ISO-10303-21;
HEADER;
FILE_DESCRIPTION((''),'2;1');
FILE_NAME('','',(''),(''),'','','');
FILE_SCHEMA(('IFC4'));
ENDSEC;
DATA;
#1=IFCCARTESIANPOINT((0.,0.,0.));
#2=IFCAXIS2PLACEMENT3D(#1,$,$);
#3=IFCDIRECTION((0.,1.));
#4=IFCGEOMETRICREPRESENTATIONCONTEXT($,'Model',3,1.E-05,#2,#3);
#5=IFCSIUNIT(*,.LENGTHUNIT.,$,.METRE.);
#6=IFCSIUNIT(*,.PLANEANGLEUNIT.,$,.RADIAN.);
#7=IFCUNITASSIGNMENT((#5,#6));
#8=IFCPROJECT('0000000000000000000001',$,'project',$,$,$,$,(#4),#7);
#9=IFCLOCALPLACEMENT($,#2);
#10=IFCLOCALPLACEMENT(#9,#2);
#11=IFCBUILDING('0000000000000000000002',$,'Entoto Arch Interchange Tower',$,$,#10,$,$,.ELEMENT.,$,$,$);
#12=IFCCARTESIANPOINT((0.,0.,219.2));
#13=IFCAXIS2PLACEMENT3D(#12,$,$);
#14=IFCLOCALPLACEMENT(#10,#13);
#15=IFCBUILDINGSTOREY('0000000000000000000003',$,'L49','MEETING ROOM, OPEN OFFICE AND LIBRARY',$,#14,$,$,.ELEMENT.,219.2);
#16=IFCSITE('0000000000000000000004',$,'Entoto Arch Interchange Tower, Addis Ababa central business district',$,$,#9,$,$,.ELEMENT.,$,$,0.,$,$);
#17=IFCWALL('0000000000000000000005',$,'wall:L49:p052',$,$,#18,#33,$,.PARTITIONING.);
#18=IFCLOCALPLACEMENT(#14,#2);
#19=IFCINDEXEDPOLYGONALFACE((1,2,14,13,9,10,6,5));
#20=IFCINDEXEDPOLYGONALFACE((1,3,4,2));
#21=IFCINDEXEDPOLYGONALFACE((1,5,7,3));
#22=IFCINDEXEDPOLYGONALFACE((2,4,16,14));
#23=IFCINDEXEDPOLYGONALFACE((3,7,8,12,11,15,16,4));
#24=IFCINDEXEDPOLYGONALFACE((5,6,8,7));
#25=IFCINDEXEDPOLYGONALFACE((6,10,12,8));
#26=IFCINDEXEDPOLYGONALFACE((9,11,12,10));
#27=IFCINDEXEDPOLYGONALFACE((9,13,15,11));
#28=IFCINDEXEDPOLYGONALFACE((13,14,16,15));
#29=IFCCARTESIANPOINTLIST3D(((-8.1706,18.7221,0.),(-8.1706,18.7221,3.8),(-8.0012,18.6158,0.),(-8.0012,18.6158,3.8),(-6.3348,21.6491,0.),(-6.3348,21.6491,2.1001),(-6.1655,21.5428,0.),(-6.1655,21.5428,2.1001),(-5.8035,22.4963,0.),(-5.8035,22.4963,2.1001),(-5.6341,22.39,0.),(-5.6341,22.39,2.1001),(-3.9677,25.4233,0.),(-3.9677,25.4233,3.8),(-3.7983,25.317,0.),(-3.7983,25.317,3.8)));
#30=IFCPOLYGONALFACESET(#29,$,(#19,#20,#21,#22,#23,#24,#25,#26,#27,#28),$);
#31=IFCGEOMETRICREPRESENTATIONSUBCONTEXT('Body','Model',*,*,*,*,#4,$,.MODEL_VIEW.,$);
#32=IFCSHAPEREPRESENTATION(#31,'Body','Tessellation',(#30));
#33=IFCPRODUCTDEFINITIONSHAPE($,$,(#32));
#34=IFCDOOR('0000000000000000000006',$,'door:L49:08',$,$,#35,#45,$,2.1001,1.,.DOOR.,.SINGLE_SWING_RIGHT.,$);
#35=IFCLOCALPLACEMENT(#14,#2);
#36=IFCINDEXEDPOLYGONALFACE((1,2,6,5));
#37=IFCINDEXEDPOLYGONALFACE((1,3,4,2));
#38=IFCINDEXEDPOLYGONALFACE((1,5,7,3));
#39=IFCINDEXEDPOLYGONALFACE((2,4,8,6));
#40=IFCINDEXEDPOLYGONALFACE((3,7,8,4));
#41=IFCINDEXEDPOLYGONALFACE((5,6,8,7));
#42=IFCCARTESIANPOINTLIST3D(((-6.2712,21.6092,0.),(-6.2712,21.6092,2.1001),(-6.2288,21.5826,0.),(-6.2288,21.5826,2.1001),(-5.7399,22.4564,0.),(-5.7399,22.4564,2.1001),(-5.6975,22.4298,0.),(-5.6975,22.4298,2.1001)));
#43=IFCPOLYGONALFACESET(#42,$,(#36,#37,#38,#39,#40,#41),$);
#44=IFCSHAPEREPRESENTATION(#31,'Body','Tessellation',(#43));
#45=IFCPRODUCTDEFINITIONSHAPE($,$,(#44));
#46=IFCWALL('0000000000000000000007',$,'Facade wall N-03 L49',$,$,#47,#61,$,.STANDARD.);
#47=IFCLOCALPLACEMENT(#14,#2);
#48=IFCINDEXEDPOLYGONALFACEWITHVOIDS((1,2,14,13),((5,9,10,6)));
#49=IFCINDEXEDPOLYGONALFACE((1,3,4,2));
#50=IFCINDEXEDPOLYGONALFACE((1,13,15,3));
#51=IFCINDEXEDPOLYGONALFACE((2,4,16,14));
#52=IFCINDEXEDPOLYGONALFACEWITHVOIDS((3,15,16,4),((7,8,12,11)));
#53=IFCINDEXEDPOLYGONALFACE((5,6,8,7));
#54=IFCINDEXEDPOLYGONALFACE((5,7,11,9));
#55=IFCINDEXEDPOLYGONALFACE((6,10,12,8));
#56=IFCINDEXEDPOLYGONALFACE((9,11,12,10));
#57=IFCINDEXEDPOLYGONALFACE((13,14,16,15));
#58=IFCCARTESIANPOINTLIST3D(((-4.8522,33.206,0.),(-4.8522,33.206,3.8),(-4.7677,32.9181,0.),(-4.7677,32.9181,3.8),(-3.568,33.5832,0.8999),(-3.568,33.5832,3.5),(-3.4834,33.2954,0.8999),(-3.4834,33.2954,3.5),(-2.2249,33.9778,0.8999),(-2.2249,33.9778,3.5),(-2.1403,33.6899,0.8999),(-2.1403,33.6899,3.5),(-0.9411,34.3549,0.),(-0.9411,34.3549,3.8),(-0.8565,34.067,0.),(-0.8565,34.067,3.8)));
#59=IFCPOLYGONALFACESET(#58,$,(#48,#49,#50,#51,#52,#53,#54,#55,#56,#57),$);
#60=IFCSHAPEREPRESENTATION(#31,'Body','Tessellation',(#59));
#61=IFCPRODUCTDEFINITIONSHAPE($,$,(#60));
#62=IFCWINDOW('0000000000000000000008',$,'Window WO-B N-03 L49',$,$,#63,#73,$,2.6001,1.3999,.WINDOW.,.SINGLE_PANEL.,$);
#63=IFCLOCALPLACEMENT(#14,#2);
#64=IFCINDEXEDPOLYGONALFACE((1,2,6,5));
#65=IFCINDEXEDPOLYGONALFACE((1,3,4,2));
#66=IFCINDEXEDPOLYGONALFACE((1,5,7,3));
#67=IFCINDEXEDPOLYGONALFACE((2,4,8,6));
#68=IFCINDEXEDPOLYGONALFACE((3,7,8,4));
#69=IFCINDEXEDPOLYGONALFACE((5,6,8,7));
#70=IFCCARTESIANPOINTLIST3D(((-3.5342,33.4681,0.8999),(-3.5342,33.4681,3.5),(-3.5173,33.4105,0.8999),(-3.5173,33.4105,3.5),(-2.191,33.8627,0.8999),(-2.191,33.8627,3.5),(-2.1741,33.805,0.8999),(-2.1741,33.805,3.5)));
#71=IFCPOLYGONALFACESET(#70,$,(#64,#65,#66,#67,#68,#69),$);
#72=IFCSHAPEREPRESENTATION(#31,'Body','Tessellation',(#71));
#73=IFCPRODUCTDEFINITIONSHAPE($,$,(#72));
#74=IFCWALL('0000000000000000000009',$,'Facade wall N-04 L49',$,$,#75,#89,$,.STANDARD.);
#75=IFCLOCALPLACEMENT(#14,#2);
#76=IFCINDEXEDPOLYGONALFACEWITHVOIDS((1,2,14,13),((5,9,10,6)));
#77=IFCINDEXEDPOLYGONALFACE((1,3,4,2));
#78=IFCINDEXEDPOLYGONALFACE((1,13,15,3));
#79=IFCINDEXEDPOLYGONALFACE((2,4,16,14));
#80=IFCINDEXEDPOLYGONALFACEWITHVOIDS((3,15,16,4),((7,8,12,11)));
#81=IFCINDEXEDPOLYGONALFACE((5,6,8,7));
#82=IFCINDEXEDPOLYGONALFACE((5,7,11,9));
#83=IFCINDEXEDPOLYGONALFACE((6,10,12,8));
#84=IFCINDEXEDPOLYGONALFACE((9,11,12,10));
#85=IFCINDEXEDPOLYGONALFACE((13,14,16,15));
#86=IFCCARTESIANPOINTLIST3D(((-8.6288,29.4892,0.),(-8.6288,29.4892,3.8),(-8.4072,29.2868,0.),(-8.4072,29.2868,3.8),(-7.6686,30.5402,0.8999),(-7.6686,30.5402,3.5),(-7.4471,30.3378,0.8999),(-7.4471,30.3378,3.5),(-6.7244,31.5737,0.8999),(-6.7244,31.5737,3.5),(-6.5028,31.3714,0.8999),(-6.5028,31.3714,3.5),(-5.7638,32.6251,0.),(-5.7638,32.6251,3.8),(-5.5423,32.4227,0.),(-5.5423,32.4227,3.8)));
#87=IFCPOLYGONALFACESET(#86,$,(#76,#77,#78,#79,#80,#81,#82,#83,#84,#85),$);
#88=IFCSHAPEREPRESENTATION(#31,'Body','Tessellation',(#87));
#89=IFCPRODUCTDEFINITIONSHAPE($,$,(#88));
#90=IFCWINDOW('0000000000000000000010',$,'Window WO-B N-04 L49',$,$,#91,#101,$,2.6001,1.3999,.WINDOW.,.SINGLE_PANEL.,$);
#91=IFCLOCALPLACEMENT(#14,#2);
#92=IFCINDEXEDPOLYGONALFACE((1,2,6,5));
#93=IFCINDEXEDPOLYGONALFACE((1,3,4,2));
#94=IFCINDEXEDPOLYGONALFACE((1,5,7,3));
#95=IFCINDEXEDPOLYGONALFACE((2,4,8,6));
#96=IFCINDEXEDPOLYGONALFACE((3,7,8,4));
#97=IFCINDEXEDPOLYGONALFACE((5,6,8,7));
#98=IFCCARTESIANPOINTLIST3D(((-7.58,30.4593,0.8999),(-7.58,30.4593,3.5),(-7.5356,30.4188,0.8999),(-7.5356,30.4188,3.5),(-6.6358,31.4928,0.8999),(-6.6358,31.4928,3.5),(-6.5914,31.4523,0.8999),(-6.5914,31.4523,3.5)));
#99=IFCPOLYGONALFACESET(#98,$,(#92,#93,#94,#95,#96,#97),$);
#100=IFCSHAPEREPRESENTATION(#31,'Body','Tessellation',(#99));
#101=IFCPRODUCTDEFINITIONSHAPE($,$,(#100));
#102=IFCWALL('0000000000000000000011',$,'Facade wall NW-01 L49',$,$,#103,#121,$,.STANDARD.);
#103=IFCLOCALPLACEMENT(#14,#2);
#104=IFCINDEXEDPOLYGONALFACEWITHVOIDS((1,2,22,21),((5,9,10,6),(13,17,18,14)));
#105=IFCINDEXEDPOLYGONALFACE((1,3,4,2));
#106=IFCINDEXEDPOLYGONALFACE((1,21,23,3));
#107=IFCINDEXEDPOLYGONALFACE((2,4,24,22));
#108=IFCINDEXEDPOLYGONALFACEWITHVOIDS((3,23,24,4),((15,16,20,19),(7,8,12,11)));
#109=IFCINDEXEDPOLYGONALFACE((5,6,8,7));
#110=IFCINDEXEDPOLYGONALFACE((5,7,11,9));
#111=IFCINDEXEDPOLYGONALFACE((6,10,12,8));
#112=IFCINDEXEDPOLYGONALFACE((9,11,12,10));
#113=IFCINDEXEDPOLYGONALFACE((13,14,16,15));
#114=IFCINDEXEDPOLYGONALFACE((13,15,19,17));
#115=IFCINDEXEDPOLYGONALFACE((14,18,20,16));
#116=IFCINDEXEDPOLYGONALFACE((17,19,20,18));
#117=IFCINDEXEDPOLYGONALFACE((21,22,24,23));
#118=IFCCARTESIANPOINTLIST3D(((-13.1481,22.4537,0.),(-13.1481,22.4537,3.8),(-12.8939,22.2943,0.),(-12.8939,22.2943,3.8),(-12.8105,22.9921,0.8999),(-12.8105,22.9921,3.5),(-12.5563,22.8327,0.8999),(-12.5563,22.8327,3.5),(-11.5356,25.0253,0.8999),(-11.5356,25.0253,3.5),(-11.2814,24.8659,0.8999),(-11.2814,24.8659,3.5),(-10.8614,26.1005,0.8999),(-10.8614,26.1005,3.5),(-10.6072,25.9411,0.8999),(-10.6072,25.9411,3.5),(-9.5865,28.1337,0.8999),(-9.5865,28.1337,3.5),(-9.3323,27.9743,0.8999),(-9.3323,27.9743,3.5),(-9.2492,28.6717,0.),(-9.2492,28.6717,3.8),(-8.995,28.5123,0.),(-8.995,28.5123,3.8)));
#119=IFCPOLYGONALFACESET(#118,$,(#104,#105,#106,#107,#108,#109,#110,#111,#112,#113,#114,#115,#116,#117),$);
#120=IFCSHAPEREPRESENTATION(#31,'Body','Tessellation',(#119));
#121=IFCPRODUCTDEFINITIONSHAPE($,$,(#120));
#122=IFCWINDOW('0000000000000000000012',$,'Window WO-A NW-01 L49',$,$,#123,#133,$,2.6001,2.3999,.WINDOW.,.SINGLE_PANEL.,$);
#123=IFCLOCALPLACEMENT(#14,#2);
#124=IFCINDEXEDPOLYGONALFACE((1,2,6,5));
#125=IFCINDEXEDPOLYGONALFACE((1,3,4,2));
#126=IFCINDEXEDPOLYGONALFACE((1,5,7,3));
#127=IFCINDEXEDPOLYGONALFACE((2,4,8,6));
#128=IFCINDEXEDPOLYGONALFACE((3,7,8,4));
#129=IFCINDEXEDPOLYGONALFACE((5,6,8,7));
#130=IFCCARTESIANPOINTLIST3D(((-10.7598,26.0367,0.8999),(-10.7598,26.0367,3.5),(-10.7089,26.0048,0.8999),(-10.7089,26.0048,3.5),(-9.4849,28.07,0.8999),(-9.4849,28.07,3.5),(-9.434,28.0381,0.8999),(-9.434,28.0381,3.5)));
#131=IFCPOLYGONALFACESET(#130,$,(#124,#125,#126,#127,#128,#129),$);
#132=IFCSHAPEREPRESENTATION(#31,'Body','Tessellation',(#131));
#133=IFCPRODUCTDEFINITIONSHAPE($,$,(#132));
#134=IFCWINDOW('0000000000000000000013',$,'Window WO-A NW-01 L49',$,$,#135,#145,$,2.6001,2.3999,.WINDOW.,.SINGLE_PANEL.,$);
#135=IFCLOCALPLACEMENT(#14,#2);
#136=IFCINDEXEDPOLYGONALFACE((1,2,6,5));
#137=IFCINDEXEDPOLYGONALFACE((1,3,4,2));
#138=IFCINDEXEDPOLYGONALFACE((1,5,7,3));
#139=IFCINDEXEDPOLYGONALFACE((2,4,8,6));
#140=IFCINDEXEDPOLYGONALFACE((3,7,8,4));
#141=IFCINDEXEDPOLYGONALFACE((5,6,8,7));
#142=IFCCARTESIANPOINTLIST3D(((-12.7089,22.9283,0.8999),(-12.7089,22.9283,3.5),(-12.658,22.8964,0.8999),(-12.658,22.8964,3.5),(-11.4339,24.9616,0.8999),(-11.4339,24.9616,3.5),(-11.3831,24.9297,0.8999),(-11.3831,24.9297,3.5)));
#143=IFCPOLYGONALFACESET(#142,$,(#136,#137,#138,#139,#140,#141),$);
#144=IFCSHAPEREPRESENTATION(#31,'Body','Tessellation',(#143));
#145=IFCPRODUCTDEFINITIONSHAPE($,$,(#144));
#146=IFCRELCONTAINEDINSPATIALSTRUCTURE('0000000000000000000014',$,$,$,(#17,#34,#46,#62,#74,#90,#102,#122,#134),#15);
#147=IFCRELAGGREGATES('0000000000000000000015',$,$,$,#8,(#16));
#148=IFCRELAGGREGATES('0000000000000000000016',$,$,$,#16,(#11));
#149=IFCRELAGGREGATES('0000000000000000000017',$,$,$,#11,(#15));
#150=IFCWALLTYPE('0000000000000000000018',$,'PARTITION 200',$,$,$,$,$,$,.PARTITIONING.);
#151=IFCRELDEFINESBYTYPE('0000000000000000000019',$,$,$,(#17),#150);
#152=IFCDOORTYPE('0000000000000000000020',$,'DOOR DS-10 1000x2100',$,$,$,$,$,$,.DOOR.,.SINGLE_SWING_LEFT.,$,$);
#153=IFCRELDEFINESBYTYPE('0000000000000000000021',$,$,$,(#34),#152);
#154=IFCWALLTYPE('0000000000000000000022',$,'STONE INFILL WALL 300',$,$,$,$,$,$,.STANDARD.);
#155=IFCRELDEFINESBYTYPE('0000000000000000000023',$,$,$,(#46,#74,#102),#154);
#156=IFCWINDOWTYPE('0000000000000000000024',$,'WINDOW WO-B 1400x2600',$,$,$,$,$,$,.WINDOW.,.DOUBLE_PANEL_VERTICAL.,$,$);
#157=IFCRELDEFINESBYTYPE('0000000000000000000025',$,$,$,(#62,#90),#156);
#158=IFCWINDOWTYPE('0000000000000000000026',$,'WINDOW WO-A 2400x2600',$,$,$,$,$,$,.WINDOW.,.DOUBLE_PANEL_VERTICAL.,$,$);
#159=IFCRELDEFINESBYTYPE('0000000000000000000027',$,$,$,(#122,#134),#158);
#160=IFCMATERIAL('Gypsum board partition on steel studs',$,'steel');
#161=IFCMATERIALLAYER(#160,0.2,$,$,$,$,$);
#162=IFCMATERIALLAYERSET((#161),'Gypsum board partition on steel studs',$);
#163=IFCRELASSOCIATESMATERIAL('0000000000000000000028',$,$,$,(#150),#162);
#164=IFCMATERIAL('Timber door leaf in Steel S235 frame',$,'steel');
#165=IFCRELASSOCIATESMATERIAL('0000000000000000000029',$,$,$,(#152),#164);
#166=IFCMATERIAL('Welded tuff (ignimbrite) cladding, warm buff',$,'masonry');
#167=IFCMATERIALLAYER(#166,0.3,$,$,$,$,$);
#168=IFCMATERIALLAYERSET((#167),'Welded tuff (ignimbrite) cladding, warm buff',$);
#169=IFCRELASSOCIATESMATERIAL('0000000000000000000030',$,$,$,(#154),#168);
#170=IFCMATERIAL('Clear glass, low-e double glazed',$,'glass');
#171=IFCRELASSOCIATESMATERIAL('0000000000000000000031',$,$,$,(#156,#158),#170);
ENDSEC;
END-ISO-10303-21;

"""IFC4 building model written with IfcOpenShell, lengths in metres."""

from ifc_helpers import new_model, si_unit, direction, frame, frame_2d, origin, place, context, subcontext, project, spatial, rectangle, extrude, material, layer, layer_set, type_object, element, fill, save


model = new_model("IFC4")

# Units and contexts
model_context = context("Model", 3, precision=1e-05, world=origin(), true_north=direction((0.0, 1.0)))
body_context = subcontext(model_context, "Body", "Model", "MODEL_VIEW")
ifc_project = project(units=[si_unit("LENGTHUNIT", "METRE"), si_unit("PLANEANGLEUNIT", "RADIAN")], contexts=[model_context])

# Site, building, storey
site_placement = place(None, origin())
site = spatial("IfcSite", under=ifc_project, at=site_placement, Name="Entoto Arch Interchange Tower, Addis Ababa central business district", CompositionType="ELEMENT", RefElevation=0.0)
building_placement = place(site_placement, origin())
building = spatial("IfcBuilding", under=site, at=building_placement, Name="Entoto Arch Interchange Tower", CompositionType="ELEMENT")
storey_placement = place(building_placement, frame((0.0, 0.0, 219.2)))
storey = spatial("IfcBuildingStorey", under=building, at=storey_placement, Name="L49", Description="MEETING ROOM, OPEN OFFICE AND LIBRARY", CompositionType="ELEMENT", Elevation=219.2)

# Shared definitions
ifc_material_1 = material(Name="Gypsum board partition on steel studs", Category="steel")
ifc_layer_1 = layer(ifc_material_1, 0.2)
ifc_layer_set_1 = layer_set([ifc_layer_1], Name="Gypsum board partition on steel studs")
wall_type_1 = type_object("IfcWallType", Name="PARTITION 200", PredefinedType="PARTITIONING", material=ifc_layer_set_1)

# Shared definitions
ifc_material_2 = material(Name="Timber door leaf in Steel S235 frame", Category="steel")
door_type = type_object("IfcDoorType", Name="DOOR DS-10 1000x2100", OperationType="SINGLE_SWING_LEFT", PredefinedType="DOOR", material=ifc_material_2)

# Wall, opening, door
wall_1_placement = place(storey_placement, frame((-8.0859, 18.6689, 0.0), z_axis=(0.0, 0.0, 1.0), x_axis=(0.53133, 0.847165, 0.0)))
wall_1 = element("IfcWall", 1, at=wall_1_placement, inside=storey, type_object=wall_type_1, Name="wall:L49:p052", PredefinedType="PARTITIONING", context=body_context, shape_type="SweptSolid", body=[
    extrude(rectangle(XDim=7.9102, YDim=0.2, at=frame_2d((3.9551, 0.0))), origin(), (0.0, 0.0, 1.0), 3.8),
])
opening_1_placement = place(wall_1_placement, frame((3.4551, 0.0, 0.0)))
opening_1 = element("IfcOpeningElement", 2, at=opening_1_placement, cuts=wall_1, PredefinedType="OPENING", context=body_context, shape_type="SweptSolid", body=[
    extrude(rectangle(XDim=1.0, YDim=2.1001, at=frame_2d((0.5, 1.05))), frame((0.0, 0.1099, 0.0), z_axis=(0.0, -1.0, 0.0), x_axis=(1.0, 0.0, 0.0)), (0.0, 0.0, 1.0), 0.22),
])
door_1_placement = place(opening_1_placement, origin())
door_1 = element("IfcDoor", 3, at=door_1_placement, inside=storey, type_object=door_type, Name="door:L49:08", OperationType="SINGLE_SWING_RIGHT", OverallHeight=2.1001, OverallWidth=1.0, PredefinedType="DOOR", context=body_context, shape_type="SweptSolid", body=[
    extrude(rectangle(XDim=1.0, YDim=2.1001, at=frame_2d((0.5, 1.05))), frame((0.0, 0.0249, 0.0), z_axis=(0.0, -1.0, 0.0), x_axis=(1.0, 0.0, 0.0)), (0.0, 0.0, 1.0), 0.05),
])
fill(opening_1, door_1)

# Walls, openings, windows
ifc_material_3 = material(Name="Welded tuff (ignimbrite) cladding, warm buff", Category="masonry")
ifc_layer_2 = layer(ifc_material_3, 0.3)
ifc_layer_set_2 = layer_set([ifc_layer_2], Name="Welded tuff (ignimbrite) cladding, warm buff")
wall_type_2 = type_object("IfcWallType", Name="STONE INFILL WALL 300", PredefinedType="STANDARD", material=ifc_layer_set_2)
wall_2_placement = place(storey_placement, frame((-0.8989, 34.2109, 0.0), z_axis=(0.0, 0.0, 1.0), x_axis=(-0.959459, -0.281849, 0.0)))
wall_2 = element("IfcWall", 4, at=wall_2_placement, inside=storey, type_object=wall_type_2, Name="Facade wall N-03 L49", PredefinedType="STANDARD", context=body_context, shape_type="SweptSolid", body=[
    extrude(rectangle(XDim=4.0764, YDim=0.3, at=frame_2d((2.0381, 0.0))), origin(), (0.0, 0.0, 1.0), 3.8),
])
opening_2_placement = place(wall_2_placement, frame((1.3379, 0.0, 0.8999)))
opening_2 = element("IfcOpeningElement", 5, at=opening_2_placement, cuts=wall_2, PredefinedType="OPENING", context=body_context, shape_type="SweptSolid", body=[
    extrude(rectangle(XDim=1.3999, YDim=2.6001, at=frame_2d((0.7, 1.3))), frame((0.0, 0.1602, 0.0), z_axis=(0.0, -1.0, 0.0), x_axis=(1.0, 0.0, 0.0)), (0.0, 0.0, 1.0), 0.3201),
])
ifc_material_4 = material(Name="Clear glass, low-e double glazed", Category="glass")
window_type_1 = type_object("IfcWindowType", Name="WINDOW WO-B 1400x2600", PartitioningType="DOUBLE_PANEL_VERTICAL", PredefinedType="WINDOW", material=ifc_material_4)
window_1_placement = place(opening_2_placement, origin())
window_1 = element("IfcWindow", 6, at=window_1_placement, inside=storey, type_object=window_type_1, Name="Window WO-B N-03 L49", OverallHeight=2.6001, OverallWidth=1.3999, PartitioningType="SINGLE_PANEL", PredefinedType="WINDOW", context=body_context, shape_type="SweptSolid", body=[
    extrude(rectangle(XDim=1.3999, YDim=2.6001, at=frame_2d((0.7, 1.3))), frame((0.0, 0.03, 0.0), z_axis=(0.0, -1.0, 0.0), x_axis=(1.0, 0.0, 0.0)), (0.0, 0.0, 1.0), 0.0601),
])
fill(opening_2, window_1)
wall_3_placement = place(storey_placement, frame((-5.6531, 32.5239, 0.0), z_axis=(0.0, 0.0, 1.0), x_axis=(-0.674487, -0.738286, 0.0)))
wall_3 = element("IfcWall", 7, at=wall_3_placement, inside=storey, type_object=wall_type_2, Name="Facade wall N-04 L49", PredefinedType="STANDARD", context=body_context, shape_type="SweptSolid", body=[
    extrude(rectangle(XDim=4.2476, YDim=0.3, at=frame_2d((2.1238, 0.0))), origin(), (0.0, 0.0, 1.0), 3.8),
])
opening_3_placement = place(wall_3_placement, frame((1.4241, 0.0, 0.8999)))
opening_3 = element("IfcOpeningElement", 8, at=opening_3_placement, cuts=wall_3, PredefinedType="OPENING", context=body_context, shape_type="SweptSolid", body=[
    extrude(rectangle(XDim=1.3999, YDim=2.6001, at=frame_2d((0.7, 1.3))), frame((0.0, 0.1602, 0.0), z_axis=(0.0, -1.0, 0.0), x_axis=(1.0, 0.0, 0.0)), (0.0, 0.0, 1.0), 0.3201),
])
window_2_placement = place(opening_3_placement, origin())
window_2 = element("IfcWindow", 9, at=window_2_placement, inside=storey, type_object=window_type_1, Name="Window WO-B N-04 L49", OverallHeight=2.6001, OverallWidth=1.3999, PartitioningType="SINGLE_PANEL", PredefinedType="WINDOW", context=body_context, shape_type="SweptSolid", body=[
    extrude(rectangle(XDim=1.3999, YDim=2.6001, at=frame_2d((0.7, 1.3))), frame((0.0, 0.03, 0.0), z_axis=(0.0, -1.0, 0.0), x_axis=(1.0, 0.0, 0.0)), (0.0, 0.0, 1.0), 0.0601),
])
fill(opening_3, window_2)

# Wall, openings, windows
wall_4_placement = place(storey_placement, frame((-9.1221, 28.592, 0.0), z_axis=(0.0, 0.0, 1.0), x_axis=(-0.531239, -0.847222, 0.0)))
wall_4 = element("IfcWall", 10, at=wall_4_placement, inside=storey, type_object=wall_type_2, Name="Facade wall NW-01 L49", PredefinedType="STANDARD", context=body_context, shape_type="SweptSolid", body=[
    extrude(rectangle(XDim=7.3394, YDim=0.3, at=frame_2d((3.6697, 0.0))), origin(), (0.0, 0.0, 1.0), 3.8),
])
opening_4_placement = place(wall_4_placement, frame((0.635, 0.0, 0.8999)))
opening_4 = element("IfcOpeningElement", 11, at=opening_4_placement, cuts=wall_4, PredefinedType="OPENING", context=body_context, shape_type="SweptSolid", body=[
    extrude(rectangle(XDim=2.3999, YDim=2.6001, at=frame_2d((1.2, 1.3))), frame((0.0, 0.1602, 0.0), z_axis=(0.0, -1.0, 0.0), x_axis=(1.0, 0.0, 0.0)), (0.0, 0.0, 1.0), 0.3201),
])
opening_5_placement = place(wall_4_placement, frame((4.304, 0.0, 0.8999)))
opening_5 = element("IfcOpeningElement", 12, at=opening_5_placement, cuts=wall_4, PredefinedType="OPENING", context=body_context, shape_type="SweptSolid", body=[
    extrude(rectangle(XDim=2.3999, YDim=2.6001, at=frame_2d((1.2, 1.3))), frame((0.0, 0.1602, 0.0), z_axis=(0.0, -1.0, 0.0), x_axis=(1.0, 0.0, 0.0)), (0.0, 0.0, 1.0), 0.3201),
])
window_type_2 = type_object("IfcWindowType", Name="WINDOW WO-A 2400x2600", PartitioningType="DOUBLE_PANEL_VERTICAL", PredefinedType="WINDOW", material=ifc_material_4)
window_3_placement = place(opening_4_placement, origin())
window_3 = element("IfcWindow", 13, at=window_3_placement, inside=storey, type_object=window_type_2, Name="Window WO-A NW-01 L49", OverallHeight=2.6001, OverallWidth=2.3999, PartitioningType="SINGLE_PANEL", PredefinedType="WINDOW", context=body_context, shape_type="SweptSolid", body=[
    extrude(rectangle(XDim=2.3999, YDim=2.6001, at=frame_2d((1.2, 1.3))), frame((0.0, 0.03, 0.0), z_axis=(0.0, -1.0, 0.0), x_axis=(1.0, 0.0, 0.0)), (0.0, 0.0, 1.0), 0.0601),
])
fill(opening_4, window_3)
window_4_placement = place(opening_5_placement, origin())
window_4 = element("IfcWindow", 14, at=window_4_placement, inside=storey, type_object=window_type_2, Name="Window WO-A NW-01 L49", OverallHeight=2.6001, OverallWidth=2.3999, PartitioningType="SINGLE_PANEL", PredefinedType="WINDOW", context=body_context, shape_type="SweptSolid", body=[
    extrude(rectangle(XDim=2.3999, YDim=2.6001, at=frame_2d((1.2, 1.3))), frame((0.0, 0.03, 0.0), z_axis=(0.0, -1.0, 0.0), x_axis=(1.0, 0.0, 0.0)), (0.0, 0.0, 1.0), 0.0601),
])
fill(opening_5, window_4)

save(model, "model.ifc")
